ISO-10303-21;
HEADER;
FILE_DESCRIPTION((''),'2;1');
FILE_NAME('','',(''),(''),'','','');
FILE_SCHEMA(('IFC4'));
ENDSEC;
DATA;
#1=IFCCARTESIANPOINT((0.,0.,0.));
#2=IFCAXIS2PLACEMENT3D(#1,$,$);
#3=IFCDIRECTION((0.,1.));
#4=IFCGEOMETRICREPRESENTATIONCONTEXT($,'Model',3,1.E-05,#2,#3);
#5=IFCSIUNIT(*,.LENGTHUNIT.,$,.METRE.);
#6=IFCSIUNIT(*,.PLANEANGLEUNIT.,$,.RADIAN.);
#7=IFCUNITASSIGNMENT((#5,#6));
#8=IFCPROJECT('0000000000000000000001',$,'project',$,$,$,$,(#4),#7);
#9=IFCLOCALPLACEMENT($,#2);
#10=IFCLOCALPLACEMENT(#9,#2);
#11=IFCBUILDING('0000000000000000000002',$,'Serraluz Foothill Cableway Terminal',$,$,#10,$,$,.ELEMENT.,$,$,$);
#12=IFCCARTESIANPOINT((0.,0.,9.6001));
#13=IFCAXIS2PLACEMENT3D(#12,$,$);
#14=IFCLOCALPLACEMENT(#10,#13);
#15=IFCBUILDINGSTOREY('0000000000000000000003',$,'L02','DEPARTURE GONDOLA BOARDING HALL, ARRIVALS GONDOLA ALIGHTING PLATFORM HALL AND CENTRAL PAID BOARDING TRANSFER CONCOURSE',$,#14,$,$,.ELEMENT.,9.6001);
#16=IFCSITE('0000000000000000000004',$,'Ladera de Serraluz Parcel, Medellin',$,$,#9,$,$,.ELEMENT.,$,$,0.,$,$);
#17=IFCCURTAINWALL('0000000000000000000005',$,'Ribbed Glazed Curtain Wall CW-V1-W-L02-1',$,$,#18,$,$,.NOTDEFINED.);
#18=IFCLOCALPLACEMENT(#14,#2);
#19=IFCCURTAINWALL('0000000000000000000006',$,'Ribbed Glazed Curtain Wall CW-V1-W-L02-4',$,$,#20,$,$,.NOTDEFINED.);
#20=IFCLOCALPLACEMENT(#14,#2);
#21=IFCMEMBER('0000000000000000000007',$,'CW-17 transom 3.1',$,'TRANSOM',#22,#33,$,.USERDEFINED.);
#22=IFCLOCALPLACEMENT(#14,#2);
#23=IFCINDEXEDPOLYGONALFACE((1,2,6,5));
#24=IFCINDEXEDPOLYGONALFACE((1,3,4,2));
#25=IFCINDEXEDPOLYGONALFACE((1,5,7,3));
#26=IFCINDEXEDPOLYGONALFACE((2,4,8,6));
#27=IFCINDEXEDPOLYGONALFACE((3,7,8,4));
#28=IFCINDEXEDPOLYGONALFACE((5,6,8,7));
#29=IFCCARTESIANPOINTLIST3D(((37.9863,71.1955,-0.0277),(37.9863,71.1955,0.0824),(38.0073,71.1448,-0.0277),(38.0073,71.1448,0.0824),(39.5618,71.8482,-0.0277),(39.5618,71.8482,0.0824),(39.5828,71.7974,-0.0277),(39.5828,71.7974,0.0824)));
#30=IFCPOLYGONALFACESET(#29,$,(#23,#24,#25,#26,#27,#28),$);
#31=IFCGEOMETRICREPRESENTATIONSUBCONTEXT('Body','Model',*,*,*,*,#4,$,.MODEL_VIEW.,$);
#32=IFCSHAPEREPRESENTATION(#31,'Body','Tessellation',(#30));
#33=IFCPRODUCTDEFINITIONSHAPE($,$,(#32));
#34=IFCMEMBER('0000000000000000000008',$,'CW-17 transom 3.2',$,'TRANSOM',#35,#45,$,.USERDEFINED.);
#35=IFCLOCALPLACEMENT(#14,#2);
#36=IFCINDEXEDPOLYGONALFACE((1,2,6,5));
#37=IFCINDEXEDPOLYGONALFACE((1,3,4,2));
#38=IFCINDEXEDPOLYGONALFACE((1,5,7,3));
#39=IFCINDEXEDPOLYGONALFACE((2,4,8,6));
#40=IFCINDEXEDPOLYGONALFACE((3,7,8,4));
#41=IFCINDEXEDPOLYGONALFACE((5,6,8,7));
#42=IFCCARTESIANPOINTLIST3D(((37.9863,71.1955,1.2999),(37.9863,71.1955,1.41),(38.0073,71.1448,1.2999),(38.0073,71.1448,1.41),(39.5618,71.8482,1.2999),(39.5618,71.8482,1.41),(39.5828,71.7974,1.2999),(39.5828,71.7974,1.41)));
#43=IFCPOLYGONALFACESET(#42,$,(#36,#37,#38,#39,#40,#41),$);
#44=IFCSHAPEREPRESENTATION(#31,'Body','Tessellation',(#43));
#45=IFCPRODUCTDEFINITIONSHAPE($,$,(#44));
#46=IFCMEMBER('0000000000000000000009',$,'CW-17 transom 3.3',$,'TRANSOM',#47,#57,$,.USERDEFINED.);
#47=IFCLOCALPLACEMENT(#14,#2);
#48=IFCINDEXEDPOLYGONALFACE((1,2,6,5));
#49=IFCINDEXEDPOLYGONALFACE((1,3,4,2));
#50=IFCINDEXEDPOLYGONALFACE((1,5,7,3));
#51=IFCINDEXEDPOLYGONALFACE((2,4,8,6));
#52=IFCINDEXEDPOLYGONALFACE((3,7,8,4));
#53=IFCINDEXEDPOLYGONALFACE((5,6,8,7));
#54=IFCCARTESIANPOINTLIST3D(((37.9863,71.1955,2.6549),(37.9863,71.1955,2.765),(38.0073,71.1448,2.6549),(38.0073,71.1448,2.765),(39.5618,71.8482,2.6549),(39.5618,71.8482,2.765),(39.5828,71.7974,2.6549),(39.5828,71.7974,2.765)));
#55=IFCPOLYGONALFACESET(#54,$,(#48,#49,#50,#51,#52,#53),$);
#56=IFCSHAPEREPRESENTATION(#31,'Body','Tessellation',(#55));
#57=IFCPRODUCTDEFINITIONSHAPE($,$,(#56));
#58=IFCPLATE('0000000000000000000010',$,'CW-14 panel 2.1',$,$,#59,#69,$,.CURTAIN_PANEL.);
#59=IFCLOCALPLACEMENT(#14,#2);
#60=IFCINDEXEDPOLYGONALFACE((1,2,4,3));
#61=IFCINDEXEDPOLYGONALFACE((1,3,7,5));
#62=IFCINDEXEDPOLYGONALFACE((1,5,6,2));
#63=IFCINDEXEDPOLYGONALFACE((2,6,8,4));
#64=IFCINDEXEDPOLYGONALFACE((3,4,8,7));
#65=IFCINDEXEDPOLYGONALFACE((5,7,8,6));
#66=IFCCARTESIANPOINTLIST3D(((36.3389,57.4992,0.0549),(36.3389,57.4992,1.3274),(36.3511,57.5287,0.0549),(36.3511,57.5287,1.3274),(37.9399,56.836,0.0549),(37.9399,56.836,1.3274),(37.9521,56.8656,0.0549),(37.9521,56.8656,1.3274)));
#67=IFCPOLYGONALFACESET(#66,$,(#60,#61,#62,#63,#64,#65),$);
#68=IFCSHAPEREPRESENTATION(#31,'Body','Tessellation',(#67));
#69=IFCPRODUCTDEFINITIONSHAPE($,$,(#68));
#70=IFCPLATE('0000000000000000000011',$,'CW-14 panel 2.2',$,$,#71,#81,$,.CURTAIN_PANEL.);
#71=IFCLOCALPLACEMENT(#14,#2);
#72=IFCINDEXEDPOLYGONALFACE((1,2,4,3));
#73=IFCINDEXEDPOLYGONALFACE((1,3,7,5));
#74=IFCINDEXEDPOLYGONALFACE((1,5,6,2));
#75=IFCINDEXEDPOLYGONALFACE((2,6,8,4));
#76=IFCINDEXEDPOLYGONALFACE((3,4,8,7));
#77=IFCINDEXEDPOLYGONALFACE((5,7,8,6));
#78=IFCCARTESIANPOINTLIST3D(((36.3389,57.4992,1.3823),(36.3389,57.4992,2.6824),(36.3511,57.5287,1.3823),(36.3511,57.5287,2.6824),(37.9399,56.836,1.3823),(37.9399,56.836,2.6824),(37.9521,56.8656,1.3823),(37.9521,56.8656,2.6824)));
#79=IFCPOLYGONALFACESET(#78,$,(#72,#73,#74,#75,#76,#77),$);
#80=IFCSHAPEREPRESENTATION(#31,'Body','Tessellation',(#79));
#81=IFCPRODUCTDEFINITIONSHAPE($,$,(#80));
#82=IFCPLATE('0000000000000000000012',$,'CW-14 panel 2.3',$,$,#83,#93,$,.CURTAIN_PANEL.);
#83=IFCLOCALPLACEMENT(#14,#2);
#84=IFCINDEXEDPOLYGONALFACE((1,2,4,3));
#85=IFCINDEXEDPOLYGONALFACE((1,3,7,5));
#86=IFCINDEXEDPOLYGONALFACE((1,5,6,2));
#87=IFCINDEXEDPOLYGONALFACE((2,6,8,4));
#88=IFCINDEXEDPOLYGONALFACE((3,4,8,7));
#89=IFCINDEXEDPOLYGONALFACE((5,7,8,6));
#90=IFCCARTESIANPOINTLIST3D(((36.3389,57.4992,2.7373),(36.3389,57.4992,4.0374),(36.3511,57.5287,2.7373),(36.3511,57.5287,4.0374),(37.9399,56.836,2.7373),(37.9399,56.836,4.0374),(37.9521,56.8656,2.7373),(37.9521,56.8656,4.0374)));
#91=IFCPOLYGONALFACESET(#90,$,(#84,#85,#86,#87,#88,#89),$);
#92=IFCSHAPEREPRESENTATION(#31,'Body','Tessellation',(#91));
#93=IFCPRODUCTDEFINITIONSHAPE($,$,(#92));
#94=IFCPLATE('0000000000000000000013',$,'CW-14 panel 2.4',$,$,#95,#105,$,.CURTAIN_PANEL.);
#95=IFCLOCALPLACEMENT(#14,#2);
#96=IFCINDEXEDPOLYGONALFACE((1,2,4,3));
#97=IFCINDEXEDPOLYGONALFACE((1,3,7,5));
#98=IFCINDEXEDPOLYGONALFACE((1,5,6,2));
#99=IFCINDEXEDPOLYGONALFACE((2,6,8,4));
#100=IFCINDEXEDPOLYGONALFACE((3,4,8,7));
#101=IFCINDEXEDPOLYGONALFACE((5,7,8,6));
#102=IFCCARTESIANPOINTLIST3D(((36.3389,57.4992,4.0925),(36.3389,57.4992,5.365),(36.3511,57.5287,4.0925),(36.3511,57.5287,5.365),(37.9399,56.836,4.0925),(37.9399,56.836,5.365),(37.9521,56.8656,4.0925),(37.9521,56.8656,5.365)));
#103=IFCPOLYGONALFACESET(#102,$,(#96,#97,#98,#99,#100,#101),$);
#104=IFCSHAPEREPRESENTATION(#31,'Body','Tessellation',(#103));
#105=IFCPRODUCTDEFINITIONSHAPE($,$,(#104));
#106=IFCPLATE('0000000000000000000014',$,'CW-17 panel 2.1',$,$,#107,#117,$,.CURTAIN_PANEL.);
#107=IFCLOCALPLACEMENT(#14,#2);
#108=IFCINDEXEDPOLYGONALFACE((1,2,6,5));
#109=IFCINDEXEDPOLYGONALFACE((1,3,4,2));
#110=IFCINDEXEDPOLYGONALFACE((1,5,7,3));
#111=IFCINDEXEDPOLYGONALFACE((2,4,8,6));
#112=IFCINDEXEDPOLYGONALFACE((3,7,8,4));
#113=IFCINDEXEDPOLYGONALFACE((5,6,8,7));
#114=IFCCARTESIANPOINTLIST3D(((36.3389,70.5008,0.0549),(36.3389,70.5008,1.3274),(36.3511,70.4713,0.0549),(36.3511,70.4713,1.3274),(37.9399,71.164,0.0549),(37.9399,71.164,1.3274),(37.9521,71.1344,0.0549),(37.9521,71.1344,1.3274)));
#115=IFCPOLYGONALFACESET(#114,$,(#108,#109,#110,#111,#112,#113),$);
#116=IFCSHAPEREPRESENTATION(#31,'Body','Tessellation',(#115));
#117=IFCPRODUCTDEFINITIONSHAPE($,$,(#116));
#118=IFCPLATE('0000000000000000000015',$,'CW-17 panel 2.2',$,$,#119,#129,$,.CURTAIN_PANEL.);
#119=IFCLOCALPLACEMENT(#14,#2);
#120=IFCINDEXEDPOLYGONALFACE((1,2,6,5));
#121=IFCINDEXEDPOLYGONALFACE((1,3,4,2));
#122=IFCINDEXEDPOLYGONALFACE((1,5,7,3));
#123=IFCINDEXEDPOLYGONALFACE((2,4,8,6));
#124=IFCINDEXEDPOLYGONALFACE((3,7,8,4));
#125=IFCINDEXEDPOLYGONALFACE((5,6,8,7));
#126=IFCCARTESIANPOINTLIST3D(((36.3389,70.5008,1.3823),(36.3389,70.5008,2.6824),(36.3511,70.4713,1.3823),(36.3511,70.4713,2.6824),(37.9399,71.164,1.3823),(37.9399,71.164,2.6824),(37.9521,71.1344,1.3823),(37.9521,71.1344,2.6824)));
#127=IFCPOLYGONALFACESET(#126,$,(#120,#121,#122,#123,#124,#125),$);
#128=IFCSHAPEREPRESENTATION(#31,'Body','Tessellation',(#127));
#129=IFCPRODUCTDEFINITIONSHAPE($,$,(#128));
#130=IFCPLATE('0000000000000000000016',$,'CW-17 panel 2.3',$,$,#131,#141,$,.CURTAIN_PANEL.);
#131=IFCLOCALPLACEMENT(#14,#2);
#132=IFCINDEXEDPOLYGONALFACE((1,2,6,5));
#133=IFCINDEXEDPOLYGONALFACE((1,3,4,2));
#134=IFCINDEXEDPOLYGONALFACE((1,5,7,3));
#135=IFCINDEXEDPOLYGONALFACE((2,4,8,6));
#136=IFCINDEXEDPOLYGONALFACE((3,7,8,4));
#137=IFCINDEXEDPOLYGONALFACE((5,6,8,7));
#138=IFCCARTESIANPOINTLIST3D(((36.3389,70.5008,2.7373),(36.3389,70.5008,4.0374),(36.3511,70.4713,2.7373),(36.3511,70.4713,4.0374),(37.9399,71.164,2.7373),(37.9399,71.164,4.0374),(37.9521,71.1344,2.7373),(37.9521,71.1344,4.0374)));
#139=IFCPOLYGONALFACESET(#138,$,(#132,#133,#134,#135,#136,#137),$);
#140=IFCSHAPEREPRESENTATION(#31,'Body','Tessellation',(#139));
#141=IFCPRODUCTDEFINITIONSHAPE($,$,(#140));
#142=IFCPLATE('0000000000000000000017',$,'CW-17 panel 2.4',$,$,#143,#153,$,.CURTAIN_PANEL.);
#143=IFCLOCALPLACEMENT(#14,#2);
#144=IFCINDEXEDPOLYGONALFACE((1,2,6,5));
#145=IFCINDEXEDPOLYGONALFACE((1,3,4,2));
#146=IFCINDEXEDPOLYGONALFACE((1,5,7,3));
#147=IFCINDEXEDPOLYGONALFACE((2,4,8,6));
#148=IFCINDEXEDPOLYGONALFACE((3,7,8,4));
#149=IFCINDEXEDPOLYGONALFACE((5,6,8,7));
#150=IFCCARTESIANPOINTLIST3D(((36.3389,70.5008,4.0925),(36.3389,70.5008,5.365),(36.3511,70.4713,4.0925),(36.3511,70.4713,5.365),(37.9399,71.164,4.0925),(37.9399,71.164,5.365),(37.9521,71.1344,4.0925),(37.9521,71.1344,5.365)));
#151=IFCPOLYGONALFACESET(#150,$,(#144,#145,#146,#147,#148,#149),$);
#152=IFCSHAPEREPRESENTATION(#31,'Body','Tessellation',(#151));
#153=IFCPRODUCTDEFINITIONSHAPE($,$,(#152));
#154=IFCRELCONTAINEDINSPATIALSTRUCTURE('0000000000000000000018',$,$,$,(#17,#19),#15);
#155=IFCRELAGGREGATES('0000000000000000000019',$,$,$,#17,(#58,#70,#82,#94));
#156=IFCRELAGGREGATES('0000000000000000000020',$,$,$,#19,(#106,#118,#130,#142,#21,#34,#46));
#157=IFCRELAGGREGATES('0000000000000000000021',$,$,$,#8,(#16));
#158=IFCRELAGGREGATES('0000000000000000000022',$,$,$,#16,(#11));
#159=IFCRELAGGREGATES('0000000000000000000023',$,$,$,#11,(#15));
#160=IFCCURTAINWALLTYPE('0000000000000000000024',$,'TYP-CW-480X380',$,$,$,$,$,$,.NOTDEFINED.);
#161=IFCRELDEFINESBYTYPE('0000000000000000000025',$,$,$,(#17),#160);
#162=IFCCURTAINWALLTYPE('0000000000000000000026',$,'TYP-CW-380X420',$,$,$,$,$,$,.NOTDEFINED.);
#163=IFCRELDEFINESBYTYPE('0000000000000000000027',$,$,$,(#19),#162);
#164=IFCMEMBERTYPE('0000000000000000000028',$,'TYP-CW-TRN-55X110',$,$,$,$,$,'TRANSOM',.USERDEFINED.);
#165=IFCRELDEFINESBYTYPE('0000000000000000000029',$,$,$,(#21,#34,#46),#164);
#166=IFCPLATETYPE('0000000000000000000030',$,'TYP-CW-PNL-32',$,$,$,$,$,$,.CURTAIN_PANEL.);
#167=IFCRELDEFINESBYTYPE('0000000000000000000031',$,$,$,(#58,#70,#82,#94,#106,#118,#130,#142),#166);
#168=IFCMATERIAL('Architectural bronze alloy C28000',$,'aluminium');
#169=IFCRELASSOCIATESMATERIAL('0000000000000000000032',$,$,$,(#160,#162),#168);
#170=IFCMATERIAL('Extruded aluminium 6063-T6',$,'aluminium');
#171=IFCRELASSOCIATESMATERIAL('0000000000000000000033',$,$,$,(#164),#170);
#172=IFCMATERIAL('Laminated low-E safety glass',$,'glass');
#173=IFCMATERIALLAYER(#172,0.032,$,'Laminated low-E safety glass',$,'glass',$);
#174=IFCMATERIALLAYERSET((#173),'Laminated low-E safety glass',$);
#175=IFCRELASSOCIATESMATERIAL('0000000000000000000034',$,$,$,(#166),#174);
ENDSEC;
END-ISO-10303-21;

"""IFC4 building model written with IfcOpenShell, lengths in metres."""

from ifc_helpers import new_model, si_unit, direction, frame, origin, origin_2d, place, context, subcontext, project, spatial, rectangle, extrude, material, layer, layer_set, material_profile, profile_set, type_object, element, aggregate, save


model = new_model("IFC4")

# Units and contexts
model_context = context("Model", 3, precision=1e-05, world=origin(), true_north=direction((0.0, 1.0)))
body_context = subcontext(model_context, "Body", "Model", "MODEL_VIEW")
ifc_project = project(units=[si_unit("LENGTHUNIT", "METRE"), si_unit("PLANEANGLEUNIT", "RADIAN")], contexts=[model_context])

# Site, building, storey
site_placement = place(None, origin())
site = spatial("IfcSite", under=ifc_project, at=site_placement, Name="Ladera de Serraluz Parcel, Medellin", CompositionType="ELEMENT", RefElevation=0.0)
building_placement = place(site_placement, origin())
building = spatial("IfcBuilding", under=site, at=building_placement, Name="Serraluz Foothill Cableway Terminal", CompositionType="ELEMENT")
storey_placement = place(building_placement, frame((0.0, 0.0, 9.6001)))
storey = spatial("IfcBuildingStorey", under=building, at=storey_placement, Name="L02", Description="DEPARTURE GONDOLA BOARDING HALL, ARRIVALS GONDOLA ALIGHTING PLATFORM HALL AND CENTRAL PAID BOARDING TRANSFER CONCOURSE", CompositionType="ELEMENT", Elevation=9.6001)

# Curtain walls
ifc_material_1 = material(Name="Architectural bronze alloy C28000", Category="aluminium")
curtain_wall_type_1 = type_object("IfcCurtainWallType", Name="TYP-CW-480X380", PredefinedType="NOTDEFINED", material=ifc_material_1)
curtain_wall_1_placement = place(storey_placement, origin())
curtain_wall_1 = element("IfcCurtainWall", 1, at=curtain_wall_1_placement, inside=storey, type_object=curtain_wall_type_1, Name="Ribbed Glazed Curtain Wall CW-V1-W-L02-1", PredefinedType="NOTDEFINED")
ifc_material_2 = material(Name="Extruded aluminium 6063-T6", Category="aluminium")
curtain_wall_type_2 = type_object("IfcCurtainWallType", Name="TYP-CW-380X420", PredefinedType="NOTDEFINED", material=ifc_material_1)
curtain_wall_2_placement = place(storey_placement, origin())
curtain_wall_2 = element("IfcCurtainWall", 2, at=curtain_wall_2_placement, inside=storey, type_object=curtain_wall_type_2, Name="Ribbed Glazed Curtain Wall CW-V1-W-L02-4", PredefinedType="NOTDEFINED")

# Members
ifc_material_profile_1 = material_profile(ifc_material_2, rectangle(XDim=0.0549, YDim=0.1101, at=origin_2d()), Name="ALU TRANSOM 55x110")
ifc_profile_set_1 = profile_set([ifc_material_profile_1], Name="Extruded aluminium 6063-T6")
member_type_1 = type_object("IfcMemberType", Name="TYP-CW-TRN-55X110", ElementType="TRANSOM", PredefinedType="USERDEFINED", material=ifc_profile_set_1)
member_1_placement = place(storey_placement, frame((37.9968, 71.1702, 0.0273), z_axis=(0.923875, 0.382693, 0.0), x_axis=(-0.382693, 0.923875, 0.0)))
member_1 = element("IfcMember", 3, at=member_1_placement, type_object=member_type_1, Name="CW-17 transom 3.1", ObjectType="TRANSOM", PredefinedType="USERDEFINED", context=body_context, shape_type="SweptSolid", body=[
    extrude(rectangle(XDim=0.0549, YDim=0.1101, at=origin_2d()), origin(), (0.0, 0.0, 1.0), 1.7053),
])
member_2_placement = place(storey_placement, frame((37.9968, 71.1702, 1.355), z_axis=(0.923875, 0.382693, 0.0), x_axis=(-0.382693, 0.923875, 0.0)))
member_2 = element("IfcMember", 4, at=member_2_placement, type_object=member_type_1, Name="CW-17 transom 3.2", ObjectType="TRANSOM", PredefinedType="USERDEFINED", context=body_context, shape_type="SweptSolid", body=[
    extrude(rectangle(XDim=0.0549, YDim=0.1101, at=origin_2d()), origin(), (0.0, 0.0, 1.0), 1.7053),
])
member_3_placement = place(storey_placement, frame((37.9968, 71.1702, 2.71), z_axis=(0.923875, 0.382693, 0.0), x_axis=(-0.382693, 0.923875, 0.0)))
member_3 = element("IfcMember", 5, at=member_3_placement, type_object=member_type_1, Name="CW-17 transom 3.3", ObjectType="TRANSOM", PredefinedType="USERDEFINED", context=body_context, shape_type="SweptSolid", body=[
    extrude(rectangle(XDim=0.0549, YDim=0.1101, at=origin_2d()), origin(), (0.0, 0.0, 1.0), 1.7053),
])

# Plates
ifc_material_3 = material(Name="Laminated low-E safety glass", Category="glass")
ifc_layer_1 = layer(ifc_material_3, 0.032, Name="Laminated low-E safety glass", Category="glass")
ifc_layer_set_1 = layer_set([ifc_layer_1], Name="Laminated low-E safety glass")
plate_type = type_object("IfcPlateType", Name="TYP-CW-PNL-32", PredefinedType="CURTAIN_PANEL", material=ifc_layer_set_1)
plate_1_placement = place(storey_placement, frame((37.1455, 57.1824, 0.0549), z_axis=(0.0, 0.0, 1.0), x_axis=(-0.92388, 0.382682, 0.0)))
plate_1 = element("IfcPlate", 6, at=plate_1_placement, type_object=plate_type, Name="CW-14 panel 2.1", PredefinedType="CURTAIN_PANEL", context=body_context, shape_type="SweptSolid", body=[
    extrude(rectangle(XDim=1.7329, YDim=0.032, at=origin_2d()), origin(), (0.0, 0.0, 1.0), 1.2725),
])
plate_2_placement = place(storey_placement, frame((37.1455, 57.1824, 1.3823), z_axis=(0.0, 0.0, 1.0), x_axis=(-0.92388, 0.382682, 0.0)))
plate_2 = element("IfcPlate", 7, at=plate_2_placement, type_object=plate_type, Name="CW-14 panel 2.2", PredefinedType="CURTAIN_PANEL", context=body_context, shape_type="SweptSolid", body=[
    extrude(rectangle(XDim=1.7329, YDim=0.032, at=origin_2d()), origin(), (0.0, 0.0, 1.0), 1.3),
])
plate_3_placement = place(storey_placement, frame((37.1455, 57.1824, 2.7373), z_axis=(0.0, 0.0, 1.0), x_axis=(-0.92388, 0.382682, 0.0)))
plate_3 = element("IfcPlate", 8, at=plate_3_placement, type_object=plate_type, Name="CW-14 panel 2.3", PredefinedType="CURTAIN_PANEL", context=body_context, shape_type="SweptSolid", body=[
    extrude(rectangle(XDim=1.7329, YDim=0.032, at=origin_2d()), origin(), (0.0, 0.0, 1.0), 1.3),
])
plate_4_placement = place(storey_placement, frame((37.1455, 57.1824, 4.0925), z_axis=(0.0, 0.0, 1.0), x_axis=(-0.92388, 0.382682, 0.0)))
plate_4 = element("IfcPlate", 9, at=plate_4_placement, type_object=plate_type, Name="CW-14 panel 2.4", PredefinedType="CURTAIN_PANEL", context=body_context, shape_type="SweptSolid", body=[
    extrude(rectangle(XDim=1.7329, YDim=0.032, at=origin_2d()), origin(), (0.0, 0.0, 1.0), 1.2725),
])
aggregate(curtain_wall_1, [plate_1, plate_2, plate_3, plate_4])
plate_5_placement = place(storey_placement, frame((37.1455, 70.8176, 0.0549), z_axis=(0.0, 0.0, 1.0), x_axis=(0.92388, 0.382682, 0.0)))
plate_5 = element("IfcPlate", 10, at=plate_5_placement, type_object=plate_type, Name="CW-17 panel 2.1", PredefinedType="CURTAIN_PANEL", context=body_context, shape_type="SweptSolid", body=[
    extrude(rectangle(XDim=1.7329, YDim=0.032, at=origin_2d()), origin(), (0.0, 0.0, 1.0), 1.2725),
])
plate_6_placement = place(storey_placement, frame((37.1455, 70.8176, 1.3823), z_axis=(0.0, 0.0, 1.0), x_axis=(0.92388, 0.382682, 0.0)))
plate_6 = element("IfcPlate", 11, at=plate_6_placement, type_object=plate_type, Name="CW-17 panel 2.2", PredefinedType="CURTAIN_PANEL", context=body_context, shape_type="SweptSolid", body=[
    extrude(rectangle(XDim=1.7329, YDim=0.032, at=origin_2d()), origin(), (0.0, 0.0, 1.0), 1.3),
])
plate_7_placement = place(storey_placement, frame((37.1455, 70.8176, 2.7373), z_axis=(0.0, 0.0, 1.0), x_axis=(0.92388, 0.382682, 0.0)))
plate_7 = element("IfcPlate", 12, at=plate_7_placement, type_object=plate_type, Name="CW-17 panel 2.3", PredefinedType="CURTAIN_PANEL", context=body_context, shape_type="SweptSolid", body=[
    extrude(rectangle(XDim=1.7329, YDim=0.032, at=origin_2d()), origin(), (0.0, 0.0, 1.0), 1.3),
])
plate_8_placement = place(storey_placement, frame((37.1455, 70.8176, 4.0925), z_axis=(0.0, 0.0, 1.0), x_axis=(0.92388, 0.382682, 0.0)))
plate_8 = element("IfcPlate", 13, at=plate_8_placement, type_object=plate_type, Name="CW-17 panel 2.4", PredefinedType="CURTAIN_PANEL", context=body_context, shape_type="SweptSolid", body=[
    extrude(rectangle(XDim=1.7329, YDim=0.032, at=origin_2d()), origin(), (0.0, 0.0, 1.0), 1.2725),
])
aggregate(curtain_wall_2, [plate_5, plate_6, plate_7, plate_8, member_1, member_2, member_3])

save(model, "model.ifc")
